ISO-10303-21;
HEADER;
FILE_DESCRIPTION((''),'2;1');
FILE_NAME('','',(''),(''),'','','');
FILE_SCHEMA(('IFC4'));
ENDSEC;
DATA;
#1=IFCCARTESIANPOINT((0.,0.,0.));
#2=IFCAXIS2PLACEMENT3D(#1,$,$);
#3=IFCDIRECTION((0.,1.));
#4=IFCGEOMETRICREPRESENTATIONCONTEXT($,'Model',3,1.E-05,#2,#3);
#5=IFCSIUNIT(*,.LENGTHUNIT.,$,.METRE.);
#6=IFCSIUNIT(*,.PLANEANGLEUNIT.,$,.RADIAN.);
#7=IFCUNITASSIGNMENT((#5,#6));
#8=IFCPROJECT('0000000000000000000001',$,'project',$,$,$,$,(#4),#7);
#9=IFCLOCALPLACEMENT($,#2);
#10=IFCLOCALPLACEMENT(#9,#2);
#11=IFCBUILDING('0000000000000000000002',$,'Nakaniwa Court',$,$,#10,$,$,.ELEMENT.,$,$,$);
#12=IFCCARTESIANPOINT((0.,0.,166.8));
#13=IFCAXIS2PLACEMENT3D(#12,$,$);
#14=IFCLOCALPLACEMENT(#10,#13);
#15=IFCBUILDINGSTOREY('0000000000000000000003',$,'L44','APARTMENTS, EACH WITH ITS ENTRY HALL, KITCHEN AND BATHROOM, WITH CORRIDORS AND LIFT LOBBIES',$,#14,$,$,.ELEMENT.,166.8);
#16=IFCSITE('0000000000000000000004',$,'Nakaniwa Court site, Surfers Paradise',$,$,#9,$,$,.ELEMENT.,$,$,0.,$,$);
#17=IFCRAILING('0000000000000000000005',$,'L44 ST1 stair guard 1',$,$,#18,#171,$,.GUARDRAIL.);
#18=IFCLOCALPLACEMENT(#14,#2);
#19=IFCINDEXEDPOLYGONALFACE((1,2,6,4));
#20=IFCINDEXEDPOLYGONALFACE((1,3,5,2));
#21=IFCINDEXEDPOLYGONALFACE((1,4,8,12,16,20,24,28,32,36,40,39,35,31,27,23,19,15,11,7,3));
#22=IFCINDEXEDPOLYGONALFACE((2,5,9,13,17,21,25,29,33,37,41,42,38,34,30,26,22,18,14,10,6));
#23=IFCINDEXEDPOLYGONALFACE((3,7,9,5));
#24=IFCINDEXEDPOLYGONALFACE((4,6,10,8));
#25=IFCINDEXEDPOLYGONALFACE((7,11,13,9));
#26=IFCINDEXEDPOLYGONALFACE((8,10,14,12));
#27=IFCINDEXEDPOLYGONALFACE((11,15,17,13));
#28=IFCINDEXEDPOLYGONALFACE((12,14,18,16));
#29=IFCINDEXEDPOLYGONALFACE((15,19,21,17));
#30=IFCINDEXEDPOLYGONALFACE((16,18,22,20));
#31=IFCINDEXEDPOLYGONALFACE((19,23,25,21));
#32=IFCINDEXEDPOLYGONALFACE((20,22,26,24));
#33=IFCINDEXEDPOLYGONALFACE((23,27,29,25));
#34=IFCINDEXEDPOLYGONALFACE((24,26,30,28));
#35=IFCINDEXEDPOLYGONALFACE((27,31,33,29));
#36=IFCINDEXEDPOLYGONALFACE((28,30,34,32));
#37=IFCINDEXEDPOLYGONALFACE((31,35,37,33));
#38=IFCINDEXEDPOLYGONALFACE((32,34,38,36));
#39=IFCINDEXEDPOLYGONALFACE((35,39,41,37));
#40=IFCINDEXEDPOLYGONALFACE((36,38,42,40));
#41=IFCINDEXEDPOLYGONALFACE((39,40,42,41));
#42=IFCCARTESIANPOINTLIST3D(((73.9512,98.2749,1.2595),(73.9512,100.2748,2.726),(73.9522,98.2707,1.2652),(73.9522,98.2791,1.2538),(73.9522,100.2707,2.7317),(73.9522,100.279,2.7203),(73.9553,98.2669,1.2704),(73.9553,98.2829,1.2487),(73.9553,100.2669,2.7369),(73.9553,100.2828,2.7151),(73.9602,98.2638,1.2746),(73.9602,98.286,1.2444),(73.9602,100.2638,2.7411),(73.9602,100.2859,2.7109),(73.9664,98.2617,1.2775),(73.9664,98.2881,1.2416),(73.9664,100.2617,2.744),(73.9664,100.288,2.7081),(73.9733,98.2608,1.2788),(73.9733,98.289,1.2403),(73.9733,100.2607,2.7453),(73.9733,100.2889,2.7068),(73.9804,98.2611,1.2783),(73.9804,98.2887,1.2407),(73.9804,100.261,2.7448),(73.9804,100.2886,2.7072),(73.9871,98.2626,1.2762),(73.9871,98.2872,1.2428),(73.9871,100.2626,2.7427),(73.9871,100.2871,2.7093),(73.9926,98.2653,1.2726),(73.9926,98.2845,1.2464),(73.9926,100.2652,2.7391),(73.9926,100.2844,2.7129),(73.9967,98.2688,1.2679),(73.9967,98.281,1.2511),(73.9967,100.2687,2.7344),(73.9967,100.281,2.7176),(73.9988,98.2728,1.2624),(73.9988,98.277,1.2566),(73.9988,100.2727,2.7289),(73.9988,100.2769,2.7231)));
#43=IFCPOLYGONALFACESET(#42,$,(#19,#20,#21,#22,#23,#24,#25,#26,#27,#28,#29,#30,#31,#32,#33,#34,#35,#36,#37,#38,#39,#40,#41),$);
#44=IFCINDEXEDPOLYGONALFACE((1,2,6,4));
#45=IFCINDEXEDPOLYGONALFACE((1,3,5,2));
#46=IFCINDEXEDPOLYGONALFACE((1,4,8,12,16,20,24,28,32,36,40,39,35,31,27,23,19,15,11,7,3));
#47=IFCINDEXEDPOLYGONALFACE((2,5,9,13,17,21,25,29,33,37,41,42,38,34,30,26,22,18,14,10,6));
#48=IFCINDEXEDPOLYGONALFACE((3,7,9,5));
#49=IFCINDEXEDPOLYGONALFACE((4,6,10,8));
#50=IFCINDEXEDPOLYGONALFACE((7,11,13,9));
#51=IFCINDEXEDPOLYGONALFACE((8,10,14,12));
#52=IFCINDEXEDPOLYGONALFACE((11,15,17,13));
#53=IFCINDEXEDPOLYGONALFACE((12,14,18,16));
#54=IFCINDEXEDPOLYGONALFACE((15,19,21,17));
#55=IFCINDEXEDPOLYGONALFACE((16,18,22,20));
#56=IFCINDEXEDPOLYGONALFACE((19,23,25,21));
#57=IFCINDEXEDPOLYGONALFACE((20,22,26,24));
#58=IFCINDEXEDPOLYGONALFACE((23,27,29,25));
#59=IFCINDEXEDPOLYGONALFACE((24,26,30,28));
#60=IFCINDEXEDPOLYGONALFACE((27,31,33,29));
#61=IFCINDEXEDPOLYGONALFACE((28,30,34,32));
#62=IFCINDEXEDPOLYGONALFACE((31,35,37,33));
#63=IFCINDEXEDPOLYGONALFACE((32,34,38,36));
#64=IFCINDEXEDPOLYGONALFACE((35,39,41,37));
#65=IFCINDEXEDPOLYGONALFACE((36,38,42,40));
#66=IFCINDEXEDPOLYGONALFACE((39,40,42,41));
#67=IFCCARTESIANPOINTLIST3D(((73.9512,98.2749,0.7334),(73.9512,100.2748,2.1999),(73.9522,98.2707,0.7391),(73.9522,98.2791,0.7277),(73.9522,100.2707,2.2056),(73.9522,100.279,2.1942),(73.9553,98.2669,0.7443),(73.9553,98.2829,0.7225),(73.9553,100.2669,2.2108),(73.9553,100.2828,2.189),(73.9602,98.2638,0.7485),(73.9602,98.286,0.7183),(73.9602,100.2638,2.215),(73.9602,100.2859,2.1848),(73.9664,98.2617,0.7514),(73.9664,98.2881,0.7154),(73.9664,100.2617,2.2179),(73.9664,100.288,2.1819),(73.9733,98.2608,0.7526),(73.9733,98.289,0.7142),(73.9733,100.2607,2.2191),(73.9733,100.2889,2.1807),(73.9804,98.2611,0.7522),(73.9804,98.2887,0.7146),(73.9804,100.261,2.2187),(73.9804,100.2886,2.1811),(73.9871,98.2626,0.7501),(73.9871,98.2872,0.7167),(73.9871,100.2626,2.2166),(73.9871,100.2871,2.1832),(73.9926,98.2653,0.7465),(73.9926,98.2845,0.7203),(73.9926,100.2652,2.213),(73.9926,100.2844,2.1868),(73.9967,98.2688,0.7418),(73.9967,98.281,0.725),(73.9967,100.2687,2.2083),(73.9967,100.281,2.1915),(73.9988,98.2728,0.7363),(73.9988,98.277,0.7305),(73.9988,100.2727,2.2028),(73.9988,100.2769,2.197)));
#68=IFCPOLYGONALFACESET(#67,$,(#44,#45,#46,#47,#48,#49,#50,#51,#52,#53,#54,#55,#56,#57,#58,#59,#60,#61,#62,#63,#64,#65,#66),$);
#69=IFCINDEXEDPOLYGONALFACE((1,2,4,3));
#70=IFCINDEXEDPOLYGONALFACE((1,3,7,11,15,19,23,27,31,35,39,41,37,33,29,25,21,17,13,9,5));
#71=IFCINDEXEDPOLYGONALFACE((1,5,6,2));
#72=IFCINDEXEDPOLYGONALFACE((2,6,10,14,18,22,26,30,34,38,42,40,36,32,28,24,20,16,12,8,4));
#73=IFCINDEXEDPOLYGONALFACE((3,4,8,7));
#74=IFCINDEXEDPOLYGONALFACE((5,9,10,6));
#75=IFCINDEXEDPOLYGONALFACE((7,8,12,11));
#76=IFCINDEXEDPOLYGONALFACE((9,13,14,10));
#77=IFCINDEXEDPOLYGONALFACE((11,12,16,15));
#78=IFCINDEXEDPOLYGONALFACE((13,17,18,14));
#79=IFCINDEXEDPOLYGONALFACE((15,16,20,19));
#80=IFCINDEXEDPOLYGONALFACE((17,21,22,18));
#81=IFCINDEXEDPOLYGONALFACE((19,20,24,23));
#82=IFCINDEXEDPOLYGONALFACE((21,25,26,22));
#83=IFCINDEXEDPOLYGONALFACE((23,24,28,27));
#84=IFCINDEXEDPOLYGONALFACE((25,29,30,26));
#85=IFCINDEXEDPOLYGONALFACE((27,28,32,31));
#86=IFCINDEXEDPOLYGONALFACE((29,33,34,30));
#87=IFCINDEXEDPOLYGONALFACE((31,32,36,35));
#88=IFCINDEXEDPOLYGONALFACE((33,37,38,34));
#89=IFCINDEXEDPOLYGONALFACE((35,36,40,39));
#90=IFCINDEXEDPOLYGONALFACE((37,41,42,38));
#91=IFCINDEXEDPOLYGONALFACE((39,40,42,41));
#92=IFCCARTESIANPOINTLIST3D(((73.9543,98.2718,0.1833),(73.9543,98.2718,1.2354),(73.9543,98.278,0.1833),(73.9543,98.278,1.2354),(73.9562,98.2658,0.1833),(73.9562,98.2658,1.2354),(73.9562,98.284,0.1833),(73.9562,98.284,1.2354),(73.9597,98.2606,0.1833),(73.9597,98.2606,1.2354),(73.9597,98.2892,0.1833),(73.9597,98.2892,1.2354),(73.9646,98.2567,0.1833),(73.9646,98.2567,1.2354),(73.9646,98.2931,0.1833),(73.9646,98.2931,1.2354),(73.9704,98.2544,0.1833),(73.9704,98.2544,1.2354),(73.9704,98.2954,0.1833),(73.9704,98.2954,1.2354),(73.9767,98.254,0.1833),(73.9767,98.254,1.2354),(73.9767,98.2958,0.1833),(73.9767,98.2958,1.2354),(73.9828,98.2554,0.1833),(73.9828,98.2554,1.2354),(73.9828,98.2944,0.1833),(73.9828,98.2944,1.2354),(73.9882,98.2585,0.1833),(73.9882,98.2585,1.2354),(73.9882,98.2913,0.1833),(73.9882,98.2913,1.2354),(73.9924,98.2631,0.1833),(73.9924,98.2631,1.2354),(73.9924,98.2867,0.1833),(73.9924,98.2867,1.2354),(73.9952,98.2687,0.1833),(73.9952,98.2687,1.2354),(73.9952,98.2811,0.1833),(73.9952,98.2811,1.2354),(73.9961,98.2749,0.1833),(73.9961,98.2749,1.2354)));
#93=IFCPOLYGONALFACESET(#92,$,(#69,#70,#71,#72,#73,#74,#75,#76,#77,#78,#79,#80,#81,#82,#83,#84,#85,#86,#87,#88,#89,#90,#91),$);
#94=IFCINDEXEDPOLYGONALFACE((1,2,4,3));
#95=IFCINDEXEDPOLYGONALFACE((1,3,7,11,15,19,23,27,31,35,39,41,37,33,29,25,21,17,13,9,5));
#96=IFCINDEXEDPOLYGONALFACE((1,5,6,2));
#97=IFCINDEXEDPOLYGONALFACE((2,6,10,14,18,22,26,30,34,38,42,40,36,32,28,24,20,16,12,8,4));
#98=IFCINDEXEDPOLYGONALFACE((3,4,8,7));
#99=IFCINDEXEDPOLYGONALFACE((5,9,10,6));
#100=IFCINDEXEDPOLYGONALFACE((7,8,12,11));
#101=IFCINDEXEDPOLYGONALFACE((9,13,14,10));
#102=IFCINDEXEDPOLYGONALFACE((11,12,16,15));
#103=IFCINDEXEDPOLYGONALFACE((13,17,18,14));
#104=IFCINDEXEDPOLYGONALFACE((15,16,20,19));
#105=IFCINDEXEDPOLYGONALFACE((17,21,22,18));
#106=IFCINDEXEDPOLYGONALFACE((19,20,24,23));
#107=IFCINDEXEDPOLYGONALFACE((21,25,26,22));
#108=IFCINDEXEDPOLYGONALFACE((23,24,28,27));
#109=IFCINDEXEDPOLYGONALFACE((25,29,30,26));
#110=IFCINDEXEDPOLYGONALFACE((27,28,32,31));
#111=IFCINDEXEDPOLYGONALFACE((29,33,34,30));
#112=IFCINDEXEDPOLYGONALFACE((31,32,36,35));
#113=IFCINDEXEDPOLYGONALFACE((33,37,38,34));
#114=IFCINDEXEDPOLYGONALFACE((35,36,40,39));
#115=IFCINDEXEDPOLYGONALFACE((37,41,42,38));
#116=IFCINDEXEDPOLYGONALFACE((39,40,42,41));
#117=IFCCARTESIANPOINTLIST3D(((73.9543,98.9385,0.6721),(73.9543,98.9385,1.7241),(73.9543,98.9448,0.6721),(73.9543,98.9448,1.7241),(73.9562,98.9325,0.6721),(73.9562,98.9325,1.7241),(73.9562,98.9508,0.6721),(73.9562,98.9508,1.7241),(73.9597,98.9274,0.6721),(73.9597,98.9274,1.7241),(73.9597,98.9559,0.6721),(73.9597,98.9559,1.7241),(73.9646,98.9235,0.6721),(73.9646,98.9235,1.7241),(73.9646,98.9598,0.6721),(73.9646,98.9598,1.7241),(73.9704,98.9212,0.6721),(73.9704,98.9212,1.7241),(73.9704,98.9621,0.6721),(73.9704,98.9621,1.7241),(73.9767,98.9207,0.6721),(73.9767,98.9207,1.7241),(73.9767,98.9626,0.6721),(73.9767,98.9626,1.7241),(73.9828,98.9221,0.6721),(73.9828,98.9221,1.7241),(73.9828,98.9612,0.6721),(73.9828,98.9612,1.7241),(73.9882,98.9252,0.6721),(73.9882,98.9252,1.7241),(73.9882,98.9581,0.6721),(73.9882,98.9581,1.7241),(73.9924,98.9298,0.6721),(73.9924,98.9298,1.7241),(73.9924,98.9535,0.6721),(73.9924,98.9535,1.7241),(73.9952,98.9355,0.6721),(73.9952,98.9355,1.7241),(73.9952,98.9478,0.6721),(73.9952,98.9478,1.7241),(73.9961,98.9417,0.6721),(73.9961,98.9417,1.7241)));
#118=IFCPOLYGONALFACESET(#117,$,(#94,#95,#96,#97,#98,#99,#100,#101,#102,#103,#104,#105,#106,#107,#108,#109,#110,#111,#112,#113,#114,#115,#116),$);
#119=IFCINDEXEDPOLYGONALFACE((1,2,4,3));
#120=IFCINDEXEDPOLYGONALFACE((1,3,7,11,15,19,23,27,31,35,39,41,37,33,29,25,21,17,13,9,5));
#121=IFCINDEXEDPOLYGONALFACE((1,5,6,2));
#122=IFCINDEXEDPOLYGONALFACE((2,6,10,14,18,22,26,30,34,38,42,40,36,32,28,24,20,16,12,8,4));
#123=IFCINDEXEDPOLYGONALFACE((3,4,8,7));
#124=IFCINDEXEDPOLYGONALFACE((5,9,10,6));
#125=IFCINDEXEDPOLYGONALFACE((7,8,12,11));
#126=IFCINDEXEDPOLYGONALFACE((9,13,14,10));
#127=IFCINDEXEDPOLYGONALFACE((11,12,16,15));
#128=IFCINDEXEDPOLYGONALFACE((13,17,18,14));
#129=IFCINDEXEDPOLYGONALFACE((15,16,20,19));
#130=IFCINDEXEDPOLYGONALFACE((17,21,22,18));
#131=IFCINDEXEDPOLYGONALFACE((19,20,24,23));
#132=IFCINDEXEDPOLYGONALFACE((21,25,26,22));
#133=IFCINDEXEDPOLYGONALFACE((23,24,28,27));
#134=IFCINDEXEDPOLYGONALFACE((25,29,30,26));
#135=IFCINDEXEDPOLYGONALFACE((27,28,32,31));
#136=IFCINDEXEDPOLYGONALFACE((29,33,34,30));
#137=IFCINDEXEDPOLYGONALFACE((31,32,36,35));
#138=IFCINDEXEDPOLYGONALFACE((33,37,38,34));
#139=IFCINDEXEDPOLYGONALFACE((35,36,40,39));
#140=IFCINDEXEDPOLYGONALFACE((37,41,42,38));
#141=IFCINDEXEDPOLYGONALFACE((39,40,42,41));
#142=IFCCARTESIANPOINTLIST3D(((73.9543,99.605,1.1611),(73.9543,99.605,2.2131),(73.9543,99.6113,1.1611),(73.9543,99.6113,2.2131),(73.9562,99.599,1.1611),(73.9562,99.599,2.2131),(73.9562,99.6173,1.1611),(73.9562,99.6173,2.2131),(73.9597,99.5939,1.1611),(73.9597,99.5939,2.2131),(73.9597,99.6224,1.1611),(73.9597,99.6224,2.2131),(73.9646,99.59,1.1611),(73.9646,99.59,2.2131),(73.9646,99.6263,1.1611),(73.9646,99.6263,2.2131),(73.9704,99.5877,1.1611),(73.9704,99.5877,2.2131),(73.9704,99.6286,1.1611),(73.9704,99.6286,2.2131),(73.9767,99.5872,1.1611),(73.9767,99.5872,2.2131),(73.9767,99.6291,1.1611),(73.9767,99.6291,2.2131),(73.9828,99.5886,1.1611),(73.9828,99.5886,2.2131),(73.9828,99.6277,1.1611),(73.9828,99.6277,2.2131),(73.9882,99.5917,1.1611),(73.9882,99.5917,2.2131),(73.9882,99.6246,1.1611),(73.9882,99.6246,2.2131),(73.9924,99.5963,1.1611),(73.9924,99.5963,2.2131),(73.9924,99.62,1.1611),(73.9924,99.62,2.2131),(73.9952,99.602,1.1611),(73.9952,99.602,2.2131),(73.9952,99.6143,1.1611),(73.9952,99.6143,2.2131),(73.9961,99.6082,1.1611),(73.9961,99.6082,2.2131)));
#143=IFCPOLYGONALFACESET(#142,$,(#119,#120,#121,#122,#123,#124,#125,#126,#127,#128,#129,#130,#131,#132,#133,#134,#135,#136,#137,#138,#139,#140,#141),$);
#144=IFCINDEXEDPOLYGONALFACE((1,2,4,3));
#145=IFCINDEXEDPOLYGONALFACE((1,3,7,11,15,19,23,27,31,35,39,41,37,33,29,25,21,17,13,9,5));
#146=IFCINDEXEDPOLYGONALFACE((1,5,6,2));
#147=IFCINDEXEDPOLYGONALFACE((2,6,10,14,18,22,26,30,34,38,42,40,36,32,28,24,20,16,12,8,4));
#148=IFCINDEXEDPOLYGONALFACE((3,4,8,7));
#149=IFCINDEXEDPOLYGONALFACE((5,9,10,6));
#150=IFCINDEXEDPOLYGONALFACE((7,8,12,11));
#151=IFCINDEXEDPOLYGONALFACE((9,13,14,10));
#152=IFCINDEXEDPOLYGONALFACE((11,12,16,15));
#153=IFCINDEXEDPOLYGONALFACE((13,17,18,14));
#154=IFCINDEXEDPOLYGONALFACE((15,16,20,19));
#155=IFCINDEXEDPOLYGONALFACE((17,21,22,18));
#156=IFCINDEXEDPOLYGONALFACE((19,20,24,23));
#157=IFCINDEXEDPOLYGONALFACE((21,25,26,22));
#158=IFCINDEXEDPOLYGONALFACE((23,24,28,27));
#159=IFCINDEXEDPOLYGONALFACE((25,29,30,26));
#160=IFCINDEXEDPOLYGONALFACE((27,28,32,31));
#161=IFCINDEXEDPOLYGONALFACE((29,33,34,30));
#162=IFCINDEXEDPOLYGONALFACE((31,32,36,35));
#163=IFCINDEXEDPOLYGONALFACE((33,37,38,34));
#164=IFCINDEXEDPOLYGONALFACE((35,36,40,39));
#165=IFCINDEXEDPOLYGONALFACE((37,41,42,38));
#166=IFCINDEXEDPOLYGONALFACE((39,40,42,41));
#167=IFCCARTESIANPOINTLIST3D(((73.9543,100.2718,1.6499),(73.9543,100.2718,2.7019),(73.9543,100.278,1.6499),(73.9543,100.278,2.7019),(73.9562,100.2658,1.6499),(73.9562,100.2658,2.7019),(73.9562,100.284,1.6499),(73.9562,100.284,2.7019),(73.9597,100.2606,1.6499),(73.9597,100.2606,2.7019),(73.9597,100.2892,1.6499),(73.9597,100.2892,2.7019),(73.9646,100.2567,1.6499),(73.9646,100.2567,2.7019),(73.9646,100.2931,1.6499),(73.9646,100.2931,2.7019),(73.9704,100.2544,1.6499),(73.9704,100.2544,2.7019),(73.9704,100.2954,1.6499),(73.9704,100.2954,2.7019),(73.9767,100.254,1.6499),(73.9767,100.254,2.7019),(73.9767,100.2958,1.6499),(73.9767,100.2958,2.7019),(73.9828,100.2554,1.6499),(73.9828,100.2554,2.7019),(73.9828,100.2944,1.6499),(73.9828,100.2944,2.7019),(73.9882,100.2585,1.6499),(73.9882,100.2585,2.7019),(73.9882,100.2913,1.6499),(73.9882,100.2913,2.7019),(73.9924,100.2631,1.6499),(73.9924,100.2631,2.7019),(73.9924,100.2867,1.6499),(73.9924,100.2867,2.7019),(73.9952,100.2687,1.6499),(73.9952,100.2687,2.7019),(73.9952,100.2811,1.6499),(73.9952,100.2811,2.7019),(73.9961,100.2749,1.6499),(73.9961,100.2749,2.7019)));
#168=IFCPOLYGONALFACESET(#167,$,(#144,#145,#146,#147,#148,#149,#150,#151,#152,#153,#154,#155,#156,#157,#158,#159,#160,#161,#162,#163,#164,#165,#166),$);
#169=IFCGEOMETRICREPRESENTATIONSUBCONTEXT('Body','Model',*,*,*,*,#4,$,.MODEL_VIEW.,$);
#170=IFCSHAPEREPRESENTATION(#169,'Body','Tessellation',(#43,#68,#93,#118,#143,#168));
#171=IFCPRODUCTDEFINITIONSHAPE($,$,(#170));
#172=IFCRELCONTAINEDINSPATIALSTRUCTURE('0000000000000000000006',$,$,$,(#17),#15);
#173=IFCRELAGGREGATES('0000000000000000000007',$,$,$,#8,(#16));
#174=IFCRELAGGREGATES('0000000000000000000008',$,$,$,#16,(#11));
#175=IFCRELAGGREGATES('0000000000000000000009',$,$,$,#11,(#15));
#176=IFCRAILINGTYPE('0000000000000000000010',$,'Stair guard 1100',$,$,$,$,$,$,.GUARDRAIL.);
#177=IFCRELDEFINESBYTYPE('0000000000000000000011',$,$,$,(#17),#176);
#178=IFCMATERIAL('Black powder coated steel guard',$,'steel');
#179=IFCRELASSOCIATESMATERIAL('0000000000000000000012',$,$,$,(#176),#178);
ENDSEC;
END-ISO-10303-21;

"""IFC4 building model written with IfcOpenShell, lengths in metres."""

from ifc_helpers import new_model, si_unit, direction, frame, origin, origin_2d, place, context, subcontext, project, spatial, circle, extrude, material, type_object, element, save


model = new_model("IFC4")

# Units and contexts
model_context = context("Model", 3, precision=1e-05, world=origin(), true_north=direction((0.0, 1.0)))
body_context = subcontext(model_context, "Body", "Model", "MODEL_VIEW")
ifc_project = project(units=[si_unit("LENGTHUNIT", "METRE"), si_unit("PLANEANGLEUNIT", "RADIAN")], contexts=[model_context])

# Site, building, storey
site_placement = place(None, origin())
site = spatial("IfcSite", under=ifc_project, at=site_placement, Name="Nakaniwa Court site, Surfers Paradise", CompositionType="ELEMENT", RefElevation=0.0)
building_placement = place(site_placement, origin())
building = spatial("IfcBuilding", under=site, at=building_placement, Name="Nakaniwa Court", CompositionType="ELEMENT")
storey_placement = place(building_placement, frame((0.0, 0.0, 166.8)))
storey = spatial("IfcBuildingStorey", under=building, at=storey_placement, Name="L44", Description="APARTMENTS, EACH WITH ITS ENTRY HALL, KITCHEN AND BATHROOM, WITH CORRIDORS AND LIFT LOBBIES", CompositionType="ELEMENT", Elevation=166.8)

# Railing
ifc_material_1 = material(Name="Black powder coated steel guard", Category="steel")
railing_type_1 = type_object("IfcRailingType", Name="Stair guard 1100", PredefinedType="GUARDRAIL", material=ifc_material_1)
railing_1_placement = place(storey_placement, frame((73.9751, 98.2749, 0.1833)))
element("IfcRailing", 1, at=railing_1_placement, inside=storey, type_object=railing_type_1, Name="L44 ST1 stair guard 1", PredefinedType="GUARDRAIL", context=body_context, shape_type="SweptSolid", body=[
    extrude(circle(Radius=0.0239, at=origin_2d()), frame((0.0, 0.0, 1.0762), z_axis=(0.0, 0.806427, 0.591334), x_axis=(-1.0, 0.0, 0.0)), (0.0, 0.0, 1.0), 2.48),
    extrude(circle(Radius=0.0239, at=origin_2d()), frame((0.0, 0.0, 0.55), z_axis=(0.0, 0.806427, 0.591334), x_axis=(-1.0, 0.0, 0.0)), (0.0, 0.0, 1.0), 2.48),
    extrude(circle(Radius=0.021, at=origin_2d()), origin(), (0.0, 0.0, 1.0), 1.052),
    extrude(circle(Radius=0.021, at=origin_2d()), frame((0.0, 0.6667, 0.4888)), (0.0, 0.0, 1.0), 1.052),
    extrude(circle(Radius=0.021, at=origin_2d()), frame((0.0, 1.3333, 0.9778)), (0.0, 0.0, 1.0), 1.052),
    extrude(circle(Radius=0.021, at=origin_2d()), frame((0.0, 2.0, 1.4666)), (0.0, 0.0, 1.0), 1.052),
])

save(model, "model.ifc")
